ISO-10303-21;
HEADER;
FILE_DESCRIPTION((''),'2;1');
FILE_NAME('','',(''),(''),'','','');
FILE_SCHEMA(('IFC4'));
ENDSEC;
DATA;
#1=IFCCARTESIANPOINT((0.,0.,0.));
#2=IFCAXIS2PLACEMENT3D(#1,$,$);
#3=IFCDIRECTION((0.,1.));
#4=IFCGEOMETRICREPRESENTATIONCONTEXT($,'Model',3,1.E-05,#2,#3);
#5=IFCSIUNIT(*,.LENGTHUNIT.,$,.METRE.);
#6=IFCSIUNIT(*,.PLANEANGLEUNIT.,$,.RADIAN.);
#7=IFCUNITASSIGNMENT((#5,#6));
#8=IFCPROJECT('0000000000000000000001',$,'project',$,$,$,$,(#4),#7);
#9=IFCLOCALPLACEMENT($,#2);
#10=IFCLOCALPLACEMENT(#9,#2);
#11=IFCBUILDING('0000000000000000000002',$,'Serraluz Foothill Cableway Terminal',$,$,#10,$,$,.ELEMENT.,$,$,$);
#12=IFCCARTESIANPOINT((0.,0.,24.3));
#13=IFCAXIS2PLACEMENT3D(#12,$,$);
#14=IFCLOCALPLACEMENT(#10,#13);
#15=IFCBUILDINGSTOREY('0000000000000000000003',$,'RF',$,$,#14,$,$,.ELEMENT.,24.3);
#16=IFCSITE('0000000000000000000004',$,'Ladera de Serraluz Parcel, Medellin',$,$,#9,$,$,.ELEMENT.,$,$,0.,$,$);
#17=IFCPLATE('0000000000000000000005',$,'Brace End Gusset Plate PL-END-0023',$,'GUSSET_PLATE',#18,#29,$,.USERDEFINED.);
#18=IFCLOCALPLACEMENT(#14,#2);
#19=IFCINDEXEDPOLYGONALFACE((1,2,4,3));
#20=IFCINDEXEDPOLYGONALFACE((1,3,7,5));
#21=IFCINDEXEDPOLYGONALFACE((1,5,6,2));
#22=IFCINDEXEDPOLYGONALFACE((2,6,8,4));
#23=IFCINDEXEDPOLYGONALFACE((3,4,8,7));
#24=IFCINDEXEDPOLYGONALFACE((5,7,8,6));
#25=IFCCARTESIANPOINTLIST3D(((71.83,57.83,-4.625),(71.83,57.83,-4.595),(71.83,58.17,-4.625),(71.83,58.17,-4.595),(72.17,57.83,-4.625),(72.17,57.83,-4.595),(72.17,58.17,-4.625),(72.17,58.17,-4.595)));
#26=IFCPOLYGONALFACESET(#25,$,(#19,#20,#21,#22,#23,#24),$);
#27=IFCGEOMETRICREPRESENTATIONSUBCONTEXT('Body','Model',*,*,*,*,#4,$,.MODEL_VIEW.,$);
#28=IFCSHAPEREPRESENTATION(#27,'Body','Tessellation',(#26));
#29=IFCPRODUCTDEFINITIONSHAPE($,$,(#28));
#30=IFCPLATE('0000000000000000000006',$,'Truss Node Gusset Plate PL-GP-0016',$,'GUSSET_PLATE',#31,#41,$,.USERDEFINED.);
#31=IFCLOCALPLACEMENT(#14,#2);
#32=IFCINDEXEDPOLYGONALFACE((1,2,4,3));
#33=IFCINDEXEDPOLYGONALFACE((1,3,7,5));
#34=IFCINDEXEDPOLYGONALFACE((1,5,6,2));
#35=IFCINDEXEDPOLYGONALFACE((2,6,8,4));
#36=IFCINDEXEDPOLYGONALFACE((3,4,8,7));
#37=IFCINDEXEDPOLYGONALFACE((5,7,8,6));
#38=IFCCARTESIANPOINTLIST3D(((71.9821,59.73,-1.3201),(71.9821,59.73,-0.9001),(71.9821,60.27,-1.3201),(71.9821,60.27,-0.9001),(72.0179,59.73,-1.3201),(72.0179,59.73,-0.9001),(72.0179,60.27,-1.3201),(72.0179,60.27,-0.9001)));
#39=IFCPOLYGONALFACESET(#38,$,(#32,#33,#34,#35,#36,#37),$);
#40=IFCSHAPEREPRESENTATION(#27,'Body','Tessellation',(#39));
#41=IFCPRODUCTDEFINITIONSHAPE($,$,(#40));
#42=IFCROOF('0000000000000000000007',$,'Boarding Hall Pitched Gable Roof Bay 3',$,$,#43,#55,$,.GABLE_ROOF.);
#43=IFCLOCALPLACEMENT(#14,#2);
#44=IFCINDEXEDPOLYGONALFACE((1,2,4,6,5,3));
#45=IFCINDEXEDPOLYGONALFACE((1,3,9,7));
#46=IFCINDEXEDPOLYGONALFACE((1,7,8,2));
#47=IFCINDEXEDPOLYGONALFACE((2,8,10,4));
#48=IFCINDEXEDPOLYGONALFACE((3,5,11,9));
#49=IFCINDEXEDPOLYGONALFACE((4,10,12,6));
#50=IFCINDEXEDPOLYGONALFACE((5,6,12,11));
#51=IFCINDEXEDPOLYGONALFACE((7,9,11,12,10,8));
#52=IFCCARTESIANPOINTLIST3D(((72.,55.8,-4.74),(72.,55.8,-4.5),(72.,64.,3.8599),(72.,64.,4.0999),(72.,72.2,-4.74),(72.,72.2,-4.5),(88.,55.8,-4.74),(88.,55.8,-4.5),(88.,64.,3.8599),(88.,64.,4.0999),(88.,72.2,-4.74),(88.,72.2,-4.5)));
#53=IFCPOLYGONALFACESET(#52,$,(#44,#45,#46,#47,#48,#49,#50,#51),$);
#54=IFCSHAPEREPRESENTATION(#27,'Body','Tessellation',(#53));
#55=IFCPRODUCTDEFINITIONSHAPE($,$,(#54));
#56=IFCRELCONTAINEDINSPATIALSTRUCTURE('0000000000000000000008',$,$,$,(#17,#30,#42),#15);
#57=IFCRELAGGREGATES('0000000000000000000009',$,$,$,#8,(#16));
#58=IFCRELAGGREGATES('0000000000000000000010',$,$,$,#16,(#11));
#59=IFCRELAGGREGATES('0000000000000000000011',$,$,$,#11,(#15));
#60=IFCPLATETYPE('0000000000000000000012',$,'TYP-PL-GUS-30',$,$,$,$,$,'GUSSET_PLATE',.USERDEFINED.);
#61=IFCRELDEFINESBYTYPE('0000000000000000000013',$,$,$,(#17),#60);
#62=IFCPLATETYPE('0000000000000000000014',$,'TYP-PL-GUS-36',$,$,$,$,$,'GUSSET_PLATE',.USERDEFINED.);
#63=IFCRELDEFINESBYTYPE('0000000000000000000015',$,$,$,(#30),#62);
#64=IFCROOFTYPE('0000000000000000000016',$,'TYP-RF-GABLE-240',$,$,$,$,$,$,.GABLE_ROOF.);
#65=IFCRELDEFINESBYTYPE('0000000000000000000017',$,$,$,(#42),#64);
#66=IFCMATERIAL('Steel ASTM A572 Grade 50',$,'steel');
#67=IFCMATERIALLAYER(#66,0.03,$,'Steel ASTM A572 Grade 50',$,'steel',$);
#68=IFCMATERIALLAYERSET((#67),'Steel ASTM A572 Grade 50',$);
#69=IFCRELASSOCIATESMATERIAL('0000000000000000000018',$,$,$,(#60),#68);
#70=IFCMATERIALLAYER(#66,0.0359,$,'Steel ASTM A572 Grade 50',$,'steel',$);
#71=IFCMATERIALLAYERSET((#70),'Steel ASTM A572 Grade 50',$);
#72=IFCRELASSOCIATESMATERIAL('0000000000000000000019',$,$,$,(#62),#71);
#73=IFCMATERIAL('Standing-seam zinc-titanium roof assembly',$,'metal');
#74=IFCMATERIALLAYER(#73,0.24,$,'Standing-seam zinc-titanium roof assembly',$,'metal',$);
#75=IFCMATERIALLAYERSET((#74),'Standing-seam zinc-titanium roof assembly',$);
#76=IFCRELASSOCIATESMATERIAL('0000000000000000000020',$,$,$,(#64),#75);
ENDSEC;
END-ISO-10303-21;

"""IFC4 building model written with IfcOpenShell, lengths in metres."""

from ifc_helpers import new_model, si_unit, direction, frame, origin, origin_2d, place, context, subcontext, project, spatial, polyline, rectangle, outline, extrude, material, layer, layer_set, type_object, element, save


model = new_model("IFC4")

# Units and contexts
model_context = context("Model", 3, precision=1e-05, world=origin(), true_north=direction((0.0, 1.0)))
body_context = subcontext(model_context, "Body", "Model", "MODEL_VIEW")
ifc_project = project(units=[si_unit("LENGTHUNIT", "METRE"), si_unit("PLANEANGLEUNIT", "RADIAN")], contexts=[model_context])

# Site, building, storey
site_placement = place(None, origin())
site = spatial("IfcSite", under=ifc_project, at=site_placement, Name="Ladera de Serraluz Parcel, Medellin", CompositionType="ELEMENT", RefElevation=0.0)
building_placement = place(site_placement, origin())
building = spatial("IfcBuilding", under=site, at=building_placement, Name="Serraluz Foothill Cableway Terminal", CompositionType="ELEMENT")
storey_placement = place(building_placement, frame((0.0, 0.0, 24.3)))
storey = spatial("IfcBuildingStorey", under=building, at=storey_placement, Name="RF", CompositionType="ELEMENT", Elevation=24.3)

# Shared definitions
ifc_material_1 = material(Name="Steel ASTM A572 Grade 50", Category="steel")

# Plates
ifc_layer_1 = layer(ifc_material_1, 0.03, Name="Steel ASTM A572 Grade 50", Category="steel")
ifc_layer_set_1 = layer_set([ifc_layer_1], Name="Steel ASTM A572 Grade 50")
plate_type_1 = type_object("IfcPlateType", Name="TYP-PL-GUS-30", ElementType="GUSSET_PLATE", PredefinedType="USERDEFINED", material=ifc_layer_set_1)
plate_1_placement = place(storey_placement, frame((72.0, 58.0, -4.625), z_axis=(0.0, 0.0, 1.0), x_axis=(1.0, 0.0, 0.0)))
element("IfcPlate", 1, at=plate_1_placement, inside=storey, type_object=plate_type_1, Name="Brace End Gusset Plate PL-END-0023", ObjectType="GUSSET_PLATE", PredefinedType="USERDEFINED", context=body_context, shape_type="SweptSolid", body=[
    extrude(rectangle(XDim=0.3401, YDim=0.3401, at=origin_2d()), origin(), (0.0, 0.0, 1.0), 0.03),
])
ifc_layer_2 = layer(ifc_material_1, 0.0359, Name="Steel ASTM A572 Grade 50", Category="steel")
ifc_layer_set_2 = layer_set([ifc_layer_2], Name="Steel ASTM A572 Grade 50")
plate_type_2 = type_object("IfcPlateType", Name="TYP-PL-GUS-36", ElementType="GUSSET_PLATE", PredefinedType="USERDEFINED", material=ifc_layer_set_2)
plate_2_placement = place(storey_placement, frame((72.0, 60.0, -1.3201), z_axis=(0.0, 0.0, 1.0), x_axis=(1.0, 0.0, 0.0)))
element("IfcPlate", 2, at=plate_2_placement, inside=storey, type_object=plate_type_2, Name="Truss Node Gusset Plate PL-GP-0016", ObjectType="GUSSET_PLATE", PredefinedType="USERDEFINED", context=body_context, shape_type="SweptSolid", body=[
    extrude(rectangle(XDim=0.0359, YDim=0.54, at=origin_2d()), origin(), (0.0, 0.0, 1.0), 0.4199),
])

# Roof
ifc_material_2 = material(Name="Standing-seam zinc-titanium roof assembly", Category="metal")
ifc_layer_3 = layer(ifc_material_2, 0.24, Name="Standing-seam zinc-titanium roof assembly", Category="metal")
ifc_layer_set_3 = layer_set([ifc_layer_3], Name="Standing-seam zinc-titanium roof assembly")
roof_type = type_object("IfcRoofType", Name="TYP-RF-GABLE-240", PredefinedType="GABLE_ROOF", material=ifc_layer_set_3)
roof_placement = place(storey_placement, frame((72.0, 55.8, -4.5)))
element("IfcRoof", 3, at=roof_placement, inside=storey, type_object=roof_type, Name="Boarding Hall Pitched Gable Roof Bay 3", PredefinedType="GABLE_ROOF", context=body_context, shape_type="SweptSolid", body=[
    extrude(outline(polyline([(0.0, 0.0), (8.2, 8.5999), (16.3999, 0.0), (16.3999, -0.24), (8.2, 8.3599), (0.0, -0.24), (0.0, 0.0)])), frame((0.0, 0.0, 0.0), z_axis=(1.0, 0.0, 0.0), x_axis=(0.0, 1.0, 0.0)), (0.0, 0.0, 1.0), 16.0),
])

save(model, "model.ifc")
